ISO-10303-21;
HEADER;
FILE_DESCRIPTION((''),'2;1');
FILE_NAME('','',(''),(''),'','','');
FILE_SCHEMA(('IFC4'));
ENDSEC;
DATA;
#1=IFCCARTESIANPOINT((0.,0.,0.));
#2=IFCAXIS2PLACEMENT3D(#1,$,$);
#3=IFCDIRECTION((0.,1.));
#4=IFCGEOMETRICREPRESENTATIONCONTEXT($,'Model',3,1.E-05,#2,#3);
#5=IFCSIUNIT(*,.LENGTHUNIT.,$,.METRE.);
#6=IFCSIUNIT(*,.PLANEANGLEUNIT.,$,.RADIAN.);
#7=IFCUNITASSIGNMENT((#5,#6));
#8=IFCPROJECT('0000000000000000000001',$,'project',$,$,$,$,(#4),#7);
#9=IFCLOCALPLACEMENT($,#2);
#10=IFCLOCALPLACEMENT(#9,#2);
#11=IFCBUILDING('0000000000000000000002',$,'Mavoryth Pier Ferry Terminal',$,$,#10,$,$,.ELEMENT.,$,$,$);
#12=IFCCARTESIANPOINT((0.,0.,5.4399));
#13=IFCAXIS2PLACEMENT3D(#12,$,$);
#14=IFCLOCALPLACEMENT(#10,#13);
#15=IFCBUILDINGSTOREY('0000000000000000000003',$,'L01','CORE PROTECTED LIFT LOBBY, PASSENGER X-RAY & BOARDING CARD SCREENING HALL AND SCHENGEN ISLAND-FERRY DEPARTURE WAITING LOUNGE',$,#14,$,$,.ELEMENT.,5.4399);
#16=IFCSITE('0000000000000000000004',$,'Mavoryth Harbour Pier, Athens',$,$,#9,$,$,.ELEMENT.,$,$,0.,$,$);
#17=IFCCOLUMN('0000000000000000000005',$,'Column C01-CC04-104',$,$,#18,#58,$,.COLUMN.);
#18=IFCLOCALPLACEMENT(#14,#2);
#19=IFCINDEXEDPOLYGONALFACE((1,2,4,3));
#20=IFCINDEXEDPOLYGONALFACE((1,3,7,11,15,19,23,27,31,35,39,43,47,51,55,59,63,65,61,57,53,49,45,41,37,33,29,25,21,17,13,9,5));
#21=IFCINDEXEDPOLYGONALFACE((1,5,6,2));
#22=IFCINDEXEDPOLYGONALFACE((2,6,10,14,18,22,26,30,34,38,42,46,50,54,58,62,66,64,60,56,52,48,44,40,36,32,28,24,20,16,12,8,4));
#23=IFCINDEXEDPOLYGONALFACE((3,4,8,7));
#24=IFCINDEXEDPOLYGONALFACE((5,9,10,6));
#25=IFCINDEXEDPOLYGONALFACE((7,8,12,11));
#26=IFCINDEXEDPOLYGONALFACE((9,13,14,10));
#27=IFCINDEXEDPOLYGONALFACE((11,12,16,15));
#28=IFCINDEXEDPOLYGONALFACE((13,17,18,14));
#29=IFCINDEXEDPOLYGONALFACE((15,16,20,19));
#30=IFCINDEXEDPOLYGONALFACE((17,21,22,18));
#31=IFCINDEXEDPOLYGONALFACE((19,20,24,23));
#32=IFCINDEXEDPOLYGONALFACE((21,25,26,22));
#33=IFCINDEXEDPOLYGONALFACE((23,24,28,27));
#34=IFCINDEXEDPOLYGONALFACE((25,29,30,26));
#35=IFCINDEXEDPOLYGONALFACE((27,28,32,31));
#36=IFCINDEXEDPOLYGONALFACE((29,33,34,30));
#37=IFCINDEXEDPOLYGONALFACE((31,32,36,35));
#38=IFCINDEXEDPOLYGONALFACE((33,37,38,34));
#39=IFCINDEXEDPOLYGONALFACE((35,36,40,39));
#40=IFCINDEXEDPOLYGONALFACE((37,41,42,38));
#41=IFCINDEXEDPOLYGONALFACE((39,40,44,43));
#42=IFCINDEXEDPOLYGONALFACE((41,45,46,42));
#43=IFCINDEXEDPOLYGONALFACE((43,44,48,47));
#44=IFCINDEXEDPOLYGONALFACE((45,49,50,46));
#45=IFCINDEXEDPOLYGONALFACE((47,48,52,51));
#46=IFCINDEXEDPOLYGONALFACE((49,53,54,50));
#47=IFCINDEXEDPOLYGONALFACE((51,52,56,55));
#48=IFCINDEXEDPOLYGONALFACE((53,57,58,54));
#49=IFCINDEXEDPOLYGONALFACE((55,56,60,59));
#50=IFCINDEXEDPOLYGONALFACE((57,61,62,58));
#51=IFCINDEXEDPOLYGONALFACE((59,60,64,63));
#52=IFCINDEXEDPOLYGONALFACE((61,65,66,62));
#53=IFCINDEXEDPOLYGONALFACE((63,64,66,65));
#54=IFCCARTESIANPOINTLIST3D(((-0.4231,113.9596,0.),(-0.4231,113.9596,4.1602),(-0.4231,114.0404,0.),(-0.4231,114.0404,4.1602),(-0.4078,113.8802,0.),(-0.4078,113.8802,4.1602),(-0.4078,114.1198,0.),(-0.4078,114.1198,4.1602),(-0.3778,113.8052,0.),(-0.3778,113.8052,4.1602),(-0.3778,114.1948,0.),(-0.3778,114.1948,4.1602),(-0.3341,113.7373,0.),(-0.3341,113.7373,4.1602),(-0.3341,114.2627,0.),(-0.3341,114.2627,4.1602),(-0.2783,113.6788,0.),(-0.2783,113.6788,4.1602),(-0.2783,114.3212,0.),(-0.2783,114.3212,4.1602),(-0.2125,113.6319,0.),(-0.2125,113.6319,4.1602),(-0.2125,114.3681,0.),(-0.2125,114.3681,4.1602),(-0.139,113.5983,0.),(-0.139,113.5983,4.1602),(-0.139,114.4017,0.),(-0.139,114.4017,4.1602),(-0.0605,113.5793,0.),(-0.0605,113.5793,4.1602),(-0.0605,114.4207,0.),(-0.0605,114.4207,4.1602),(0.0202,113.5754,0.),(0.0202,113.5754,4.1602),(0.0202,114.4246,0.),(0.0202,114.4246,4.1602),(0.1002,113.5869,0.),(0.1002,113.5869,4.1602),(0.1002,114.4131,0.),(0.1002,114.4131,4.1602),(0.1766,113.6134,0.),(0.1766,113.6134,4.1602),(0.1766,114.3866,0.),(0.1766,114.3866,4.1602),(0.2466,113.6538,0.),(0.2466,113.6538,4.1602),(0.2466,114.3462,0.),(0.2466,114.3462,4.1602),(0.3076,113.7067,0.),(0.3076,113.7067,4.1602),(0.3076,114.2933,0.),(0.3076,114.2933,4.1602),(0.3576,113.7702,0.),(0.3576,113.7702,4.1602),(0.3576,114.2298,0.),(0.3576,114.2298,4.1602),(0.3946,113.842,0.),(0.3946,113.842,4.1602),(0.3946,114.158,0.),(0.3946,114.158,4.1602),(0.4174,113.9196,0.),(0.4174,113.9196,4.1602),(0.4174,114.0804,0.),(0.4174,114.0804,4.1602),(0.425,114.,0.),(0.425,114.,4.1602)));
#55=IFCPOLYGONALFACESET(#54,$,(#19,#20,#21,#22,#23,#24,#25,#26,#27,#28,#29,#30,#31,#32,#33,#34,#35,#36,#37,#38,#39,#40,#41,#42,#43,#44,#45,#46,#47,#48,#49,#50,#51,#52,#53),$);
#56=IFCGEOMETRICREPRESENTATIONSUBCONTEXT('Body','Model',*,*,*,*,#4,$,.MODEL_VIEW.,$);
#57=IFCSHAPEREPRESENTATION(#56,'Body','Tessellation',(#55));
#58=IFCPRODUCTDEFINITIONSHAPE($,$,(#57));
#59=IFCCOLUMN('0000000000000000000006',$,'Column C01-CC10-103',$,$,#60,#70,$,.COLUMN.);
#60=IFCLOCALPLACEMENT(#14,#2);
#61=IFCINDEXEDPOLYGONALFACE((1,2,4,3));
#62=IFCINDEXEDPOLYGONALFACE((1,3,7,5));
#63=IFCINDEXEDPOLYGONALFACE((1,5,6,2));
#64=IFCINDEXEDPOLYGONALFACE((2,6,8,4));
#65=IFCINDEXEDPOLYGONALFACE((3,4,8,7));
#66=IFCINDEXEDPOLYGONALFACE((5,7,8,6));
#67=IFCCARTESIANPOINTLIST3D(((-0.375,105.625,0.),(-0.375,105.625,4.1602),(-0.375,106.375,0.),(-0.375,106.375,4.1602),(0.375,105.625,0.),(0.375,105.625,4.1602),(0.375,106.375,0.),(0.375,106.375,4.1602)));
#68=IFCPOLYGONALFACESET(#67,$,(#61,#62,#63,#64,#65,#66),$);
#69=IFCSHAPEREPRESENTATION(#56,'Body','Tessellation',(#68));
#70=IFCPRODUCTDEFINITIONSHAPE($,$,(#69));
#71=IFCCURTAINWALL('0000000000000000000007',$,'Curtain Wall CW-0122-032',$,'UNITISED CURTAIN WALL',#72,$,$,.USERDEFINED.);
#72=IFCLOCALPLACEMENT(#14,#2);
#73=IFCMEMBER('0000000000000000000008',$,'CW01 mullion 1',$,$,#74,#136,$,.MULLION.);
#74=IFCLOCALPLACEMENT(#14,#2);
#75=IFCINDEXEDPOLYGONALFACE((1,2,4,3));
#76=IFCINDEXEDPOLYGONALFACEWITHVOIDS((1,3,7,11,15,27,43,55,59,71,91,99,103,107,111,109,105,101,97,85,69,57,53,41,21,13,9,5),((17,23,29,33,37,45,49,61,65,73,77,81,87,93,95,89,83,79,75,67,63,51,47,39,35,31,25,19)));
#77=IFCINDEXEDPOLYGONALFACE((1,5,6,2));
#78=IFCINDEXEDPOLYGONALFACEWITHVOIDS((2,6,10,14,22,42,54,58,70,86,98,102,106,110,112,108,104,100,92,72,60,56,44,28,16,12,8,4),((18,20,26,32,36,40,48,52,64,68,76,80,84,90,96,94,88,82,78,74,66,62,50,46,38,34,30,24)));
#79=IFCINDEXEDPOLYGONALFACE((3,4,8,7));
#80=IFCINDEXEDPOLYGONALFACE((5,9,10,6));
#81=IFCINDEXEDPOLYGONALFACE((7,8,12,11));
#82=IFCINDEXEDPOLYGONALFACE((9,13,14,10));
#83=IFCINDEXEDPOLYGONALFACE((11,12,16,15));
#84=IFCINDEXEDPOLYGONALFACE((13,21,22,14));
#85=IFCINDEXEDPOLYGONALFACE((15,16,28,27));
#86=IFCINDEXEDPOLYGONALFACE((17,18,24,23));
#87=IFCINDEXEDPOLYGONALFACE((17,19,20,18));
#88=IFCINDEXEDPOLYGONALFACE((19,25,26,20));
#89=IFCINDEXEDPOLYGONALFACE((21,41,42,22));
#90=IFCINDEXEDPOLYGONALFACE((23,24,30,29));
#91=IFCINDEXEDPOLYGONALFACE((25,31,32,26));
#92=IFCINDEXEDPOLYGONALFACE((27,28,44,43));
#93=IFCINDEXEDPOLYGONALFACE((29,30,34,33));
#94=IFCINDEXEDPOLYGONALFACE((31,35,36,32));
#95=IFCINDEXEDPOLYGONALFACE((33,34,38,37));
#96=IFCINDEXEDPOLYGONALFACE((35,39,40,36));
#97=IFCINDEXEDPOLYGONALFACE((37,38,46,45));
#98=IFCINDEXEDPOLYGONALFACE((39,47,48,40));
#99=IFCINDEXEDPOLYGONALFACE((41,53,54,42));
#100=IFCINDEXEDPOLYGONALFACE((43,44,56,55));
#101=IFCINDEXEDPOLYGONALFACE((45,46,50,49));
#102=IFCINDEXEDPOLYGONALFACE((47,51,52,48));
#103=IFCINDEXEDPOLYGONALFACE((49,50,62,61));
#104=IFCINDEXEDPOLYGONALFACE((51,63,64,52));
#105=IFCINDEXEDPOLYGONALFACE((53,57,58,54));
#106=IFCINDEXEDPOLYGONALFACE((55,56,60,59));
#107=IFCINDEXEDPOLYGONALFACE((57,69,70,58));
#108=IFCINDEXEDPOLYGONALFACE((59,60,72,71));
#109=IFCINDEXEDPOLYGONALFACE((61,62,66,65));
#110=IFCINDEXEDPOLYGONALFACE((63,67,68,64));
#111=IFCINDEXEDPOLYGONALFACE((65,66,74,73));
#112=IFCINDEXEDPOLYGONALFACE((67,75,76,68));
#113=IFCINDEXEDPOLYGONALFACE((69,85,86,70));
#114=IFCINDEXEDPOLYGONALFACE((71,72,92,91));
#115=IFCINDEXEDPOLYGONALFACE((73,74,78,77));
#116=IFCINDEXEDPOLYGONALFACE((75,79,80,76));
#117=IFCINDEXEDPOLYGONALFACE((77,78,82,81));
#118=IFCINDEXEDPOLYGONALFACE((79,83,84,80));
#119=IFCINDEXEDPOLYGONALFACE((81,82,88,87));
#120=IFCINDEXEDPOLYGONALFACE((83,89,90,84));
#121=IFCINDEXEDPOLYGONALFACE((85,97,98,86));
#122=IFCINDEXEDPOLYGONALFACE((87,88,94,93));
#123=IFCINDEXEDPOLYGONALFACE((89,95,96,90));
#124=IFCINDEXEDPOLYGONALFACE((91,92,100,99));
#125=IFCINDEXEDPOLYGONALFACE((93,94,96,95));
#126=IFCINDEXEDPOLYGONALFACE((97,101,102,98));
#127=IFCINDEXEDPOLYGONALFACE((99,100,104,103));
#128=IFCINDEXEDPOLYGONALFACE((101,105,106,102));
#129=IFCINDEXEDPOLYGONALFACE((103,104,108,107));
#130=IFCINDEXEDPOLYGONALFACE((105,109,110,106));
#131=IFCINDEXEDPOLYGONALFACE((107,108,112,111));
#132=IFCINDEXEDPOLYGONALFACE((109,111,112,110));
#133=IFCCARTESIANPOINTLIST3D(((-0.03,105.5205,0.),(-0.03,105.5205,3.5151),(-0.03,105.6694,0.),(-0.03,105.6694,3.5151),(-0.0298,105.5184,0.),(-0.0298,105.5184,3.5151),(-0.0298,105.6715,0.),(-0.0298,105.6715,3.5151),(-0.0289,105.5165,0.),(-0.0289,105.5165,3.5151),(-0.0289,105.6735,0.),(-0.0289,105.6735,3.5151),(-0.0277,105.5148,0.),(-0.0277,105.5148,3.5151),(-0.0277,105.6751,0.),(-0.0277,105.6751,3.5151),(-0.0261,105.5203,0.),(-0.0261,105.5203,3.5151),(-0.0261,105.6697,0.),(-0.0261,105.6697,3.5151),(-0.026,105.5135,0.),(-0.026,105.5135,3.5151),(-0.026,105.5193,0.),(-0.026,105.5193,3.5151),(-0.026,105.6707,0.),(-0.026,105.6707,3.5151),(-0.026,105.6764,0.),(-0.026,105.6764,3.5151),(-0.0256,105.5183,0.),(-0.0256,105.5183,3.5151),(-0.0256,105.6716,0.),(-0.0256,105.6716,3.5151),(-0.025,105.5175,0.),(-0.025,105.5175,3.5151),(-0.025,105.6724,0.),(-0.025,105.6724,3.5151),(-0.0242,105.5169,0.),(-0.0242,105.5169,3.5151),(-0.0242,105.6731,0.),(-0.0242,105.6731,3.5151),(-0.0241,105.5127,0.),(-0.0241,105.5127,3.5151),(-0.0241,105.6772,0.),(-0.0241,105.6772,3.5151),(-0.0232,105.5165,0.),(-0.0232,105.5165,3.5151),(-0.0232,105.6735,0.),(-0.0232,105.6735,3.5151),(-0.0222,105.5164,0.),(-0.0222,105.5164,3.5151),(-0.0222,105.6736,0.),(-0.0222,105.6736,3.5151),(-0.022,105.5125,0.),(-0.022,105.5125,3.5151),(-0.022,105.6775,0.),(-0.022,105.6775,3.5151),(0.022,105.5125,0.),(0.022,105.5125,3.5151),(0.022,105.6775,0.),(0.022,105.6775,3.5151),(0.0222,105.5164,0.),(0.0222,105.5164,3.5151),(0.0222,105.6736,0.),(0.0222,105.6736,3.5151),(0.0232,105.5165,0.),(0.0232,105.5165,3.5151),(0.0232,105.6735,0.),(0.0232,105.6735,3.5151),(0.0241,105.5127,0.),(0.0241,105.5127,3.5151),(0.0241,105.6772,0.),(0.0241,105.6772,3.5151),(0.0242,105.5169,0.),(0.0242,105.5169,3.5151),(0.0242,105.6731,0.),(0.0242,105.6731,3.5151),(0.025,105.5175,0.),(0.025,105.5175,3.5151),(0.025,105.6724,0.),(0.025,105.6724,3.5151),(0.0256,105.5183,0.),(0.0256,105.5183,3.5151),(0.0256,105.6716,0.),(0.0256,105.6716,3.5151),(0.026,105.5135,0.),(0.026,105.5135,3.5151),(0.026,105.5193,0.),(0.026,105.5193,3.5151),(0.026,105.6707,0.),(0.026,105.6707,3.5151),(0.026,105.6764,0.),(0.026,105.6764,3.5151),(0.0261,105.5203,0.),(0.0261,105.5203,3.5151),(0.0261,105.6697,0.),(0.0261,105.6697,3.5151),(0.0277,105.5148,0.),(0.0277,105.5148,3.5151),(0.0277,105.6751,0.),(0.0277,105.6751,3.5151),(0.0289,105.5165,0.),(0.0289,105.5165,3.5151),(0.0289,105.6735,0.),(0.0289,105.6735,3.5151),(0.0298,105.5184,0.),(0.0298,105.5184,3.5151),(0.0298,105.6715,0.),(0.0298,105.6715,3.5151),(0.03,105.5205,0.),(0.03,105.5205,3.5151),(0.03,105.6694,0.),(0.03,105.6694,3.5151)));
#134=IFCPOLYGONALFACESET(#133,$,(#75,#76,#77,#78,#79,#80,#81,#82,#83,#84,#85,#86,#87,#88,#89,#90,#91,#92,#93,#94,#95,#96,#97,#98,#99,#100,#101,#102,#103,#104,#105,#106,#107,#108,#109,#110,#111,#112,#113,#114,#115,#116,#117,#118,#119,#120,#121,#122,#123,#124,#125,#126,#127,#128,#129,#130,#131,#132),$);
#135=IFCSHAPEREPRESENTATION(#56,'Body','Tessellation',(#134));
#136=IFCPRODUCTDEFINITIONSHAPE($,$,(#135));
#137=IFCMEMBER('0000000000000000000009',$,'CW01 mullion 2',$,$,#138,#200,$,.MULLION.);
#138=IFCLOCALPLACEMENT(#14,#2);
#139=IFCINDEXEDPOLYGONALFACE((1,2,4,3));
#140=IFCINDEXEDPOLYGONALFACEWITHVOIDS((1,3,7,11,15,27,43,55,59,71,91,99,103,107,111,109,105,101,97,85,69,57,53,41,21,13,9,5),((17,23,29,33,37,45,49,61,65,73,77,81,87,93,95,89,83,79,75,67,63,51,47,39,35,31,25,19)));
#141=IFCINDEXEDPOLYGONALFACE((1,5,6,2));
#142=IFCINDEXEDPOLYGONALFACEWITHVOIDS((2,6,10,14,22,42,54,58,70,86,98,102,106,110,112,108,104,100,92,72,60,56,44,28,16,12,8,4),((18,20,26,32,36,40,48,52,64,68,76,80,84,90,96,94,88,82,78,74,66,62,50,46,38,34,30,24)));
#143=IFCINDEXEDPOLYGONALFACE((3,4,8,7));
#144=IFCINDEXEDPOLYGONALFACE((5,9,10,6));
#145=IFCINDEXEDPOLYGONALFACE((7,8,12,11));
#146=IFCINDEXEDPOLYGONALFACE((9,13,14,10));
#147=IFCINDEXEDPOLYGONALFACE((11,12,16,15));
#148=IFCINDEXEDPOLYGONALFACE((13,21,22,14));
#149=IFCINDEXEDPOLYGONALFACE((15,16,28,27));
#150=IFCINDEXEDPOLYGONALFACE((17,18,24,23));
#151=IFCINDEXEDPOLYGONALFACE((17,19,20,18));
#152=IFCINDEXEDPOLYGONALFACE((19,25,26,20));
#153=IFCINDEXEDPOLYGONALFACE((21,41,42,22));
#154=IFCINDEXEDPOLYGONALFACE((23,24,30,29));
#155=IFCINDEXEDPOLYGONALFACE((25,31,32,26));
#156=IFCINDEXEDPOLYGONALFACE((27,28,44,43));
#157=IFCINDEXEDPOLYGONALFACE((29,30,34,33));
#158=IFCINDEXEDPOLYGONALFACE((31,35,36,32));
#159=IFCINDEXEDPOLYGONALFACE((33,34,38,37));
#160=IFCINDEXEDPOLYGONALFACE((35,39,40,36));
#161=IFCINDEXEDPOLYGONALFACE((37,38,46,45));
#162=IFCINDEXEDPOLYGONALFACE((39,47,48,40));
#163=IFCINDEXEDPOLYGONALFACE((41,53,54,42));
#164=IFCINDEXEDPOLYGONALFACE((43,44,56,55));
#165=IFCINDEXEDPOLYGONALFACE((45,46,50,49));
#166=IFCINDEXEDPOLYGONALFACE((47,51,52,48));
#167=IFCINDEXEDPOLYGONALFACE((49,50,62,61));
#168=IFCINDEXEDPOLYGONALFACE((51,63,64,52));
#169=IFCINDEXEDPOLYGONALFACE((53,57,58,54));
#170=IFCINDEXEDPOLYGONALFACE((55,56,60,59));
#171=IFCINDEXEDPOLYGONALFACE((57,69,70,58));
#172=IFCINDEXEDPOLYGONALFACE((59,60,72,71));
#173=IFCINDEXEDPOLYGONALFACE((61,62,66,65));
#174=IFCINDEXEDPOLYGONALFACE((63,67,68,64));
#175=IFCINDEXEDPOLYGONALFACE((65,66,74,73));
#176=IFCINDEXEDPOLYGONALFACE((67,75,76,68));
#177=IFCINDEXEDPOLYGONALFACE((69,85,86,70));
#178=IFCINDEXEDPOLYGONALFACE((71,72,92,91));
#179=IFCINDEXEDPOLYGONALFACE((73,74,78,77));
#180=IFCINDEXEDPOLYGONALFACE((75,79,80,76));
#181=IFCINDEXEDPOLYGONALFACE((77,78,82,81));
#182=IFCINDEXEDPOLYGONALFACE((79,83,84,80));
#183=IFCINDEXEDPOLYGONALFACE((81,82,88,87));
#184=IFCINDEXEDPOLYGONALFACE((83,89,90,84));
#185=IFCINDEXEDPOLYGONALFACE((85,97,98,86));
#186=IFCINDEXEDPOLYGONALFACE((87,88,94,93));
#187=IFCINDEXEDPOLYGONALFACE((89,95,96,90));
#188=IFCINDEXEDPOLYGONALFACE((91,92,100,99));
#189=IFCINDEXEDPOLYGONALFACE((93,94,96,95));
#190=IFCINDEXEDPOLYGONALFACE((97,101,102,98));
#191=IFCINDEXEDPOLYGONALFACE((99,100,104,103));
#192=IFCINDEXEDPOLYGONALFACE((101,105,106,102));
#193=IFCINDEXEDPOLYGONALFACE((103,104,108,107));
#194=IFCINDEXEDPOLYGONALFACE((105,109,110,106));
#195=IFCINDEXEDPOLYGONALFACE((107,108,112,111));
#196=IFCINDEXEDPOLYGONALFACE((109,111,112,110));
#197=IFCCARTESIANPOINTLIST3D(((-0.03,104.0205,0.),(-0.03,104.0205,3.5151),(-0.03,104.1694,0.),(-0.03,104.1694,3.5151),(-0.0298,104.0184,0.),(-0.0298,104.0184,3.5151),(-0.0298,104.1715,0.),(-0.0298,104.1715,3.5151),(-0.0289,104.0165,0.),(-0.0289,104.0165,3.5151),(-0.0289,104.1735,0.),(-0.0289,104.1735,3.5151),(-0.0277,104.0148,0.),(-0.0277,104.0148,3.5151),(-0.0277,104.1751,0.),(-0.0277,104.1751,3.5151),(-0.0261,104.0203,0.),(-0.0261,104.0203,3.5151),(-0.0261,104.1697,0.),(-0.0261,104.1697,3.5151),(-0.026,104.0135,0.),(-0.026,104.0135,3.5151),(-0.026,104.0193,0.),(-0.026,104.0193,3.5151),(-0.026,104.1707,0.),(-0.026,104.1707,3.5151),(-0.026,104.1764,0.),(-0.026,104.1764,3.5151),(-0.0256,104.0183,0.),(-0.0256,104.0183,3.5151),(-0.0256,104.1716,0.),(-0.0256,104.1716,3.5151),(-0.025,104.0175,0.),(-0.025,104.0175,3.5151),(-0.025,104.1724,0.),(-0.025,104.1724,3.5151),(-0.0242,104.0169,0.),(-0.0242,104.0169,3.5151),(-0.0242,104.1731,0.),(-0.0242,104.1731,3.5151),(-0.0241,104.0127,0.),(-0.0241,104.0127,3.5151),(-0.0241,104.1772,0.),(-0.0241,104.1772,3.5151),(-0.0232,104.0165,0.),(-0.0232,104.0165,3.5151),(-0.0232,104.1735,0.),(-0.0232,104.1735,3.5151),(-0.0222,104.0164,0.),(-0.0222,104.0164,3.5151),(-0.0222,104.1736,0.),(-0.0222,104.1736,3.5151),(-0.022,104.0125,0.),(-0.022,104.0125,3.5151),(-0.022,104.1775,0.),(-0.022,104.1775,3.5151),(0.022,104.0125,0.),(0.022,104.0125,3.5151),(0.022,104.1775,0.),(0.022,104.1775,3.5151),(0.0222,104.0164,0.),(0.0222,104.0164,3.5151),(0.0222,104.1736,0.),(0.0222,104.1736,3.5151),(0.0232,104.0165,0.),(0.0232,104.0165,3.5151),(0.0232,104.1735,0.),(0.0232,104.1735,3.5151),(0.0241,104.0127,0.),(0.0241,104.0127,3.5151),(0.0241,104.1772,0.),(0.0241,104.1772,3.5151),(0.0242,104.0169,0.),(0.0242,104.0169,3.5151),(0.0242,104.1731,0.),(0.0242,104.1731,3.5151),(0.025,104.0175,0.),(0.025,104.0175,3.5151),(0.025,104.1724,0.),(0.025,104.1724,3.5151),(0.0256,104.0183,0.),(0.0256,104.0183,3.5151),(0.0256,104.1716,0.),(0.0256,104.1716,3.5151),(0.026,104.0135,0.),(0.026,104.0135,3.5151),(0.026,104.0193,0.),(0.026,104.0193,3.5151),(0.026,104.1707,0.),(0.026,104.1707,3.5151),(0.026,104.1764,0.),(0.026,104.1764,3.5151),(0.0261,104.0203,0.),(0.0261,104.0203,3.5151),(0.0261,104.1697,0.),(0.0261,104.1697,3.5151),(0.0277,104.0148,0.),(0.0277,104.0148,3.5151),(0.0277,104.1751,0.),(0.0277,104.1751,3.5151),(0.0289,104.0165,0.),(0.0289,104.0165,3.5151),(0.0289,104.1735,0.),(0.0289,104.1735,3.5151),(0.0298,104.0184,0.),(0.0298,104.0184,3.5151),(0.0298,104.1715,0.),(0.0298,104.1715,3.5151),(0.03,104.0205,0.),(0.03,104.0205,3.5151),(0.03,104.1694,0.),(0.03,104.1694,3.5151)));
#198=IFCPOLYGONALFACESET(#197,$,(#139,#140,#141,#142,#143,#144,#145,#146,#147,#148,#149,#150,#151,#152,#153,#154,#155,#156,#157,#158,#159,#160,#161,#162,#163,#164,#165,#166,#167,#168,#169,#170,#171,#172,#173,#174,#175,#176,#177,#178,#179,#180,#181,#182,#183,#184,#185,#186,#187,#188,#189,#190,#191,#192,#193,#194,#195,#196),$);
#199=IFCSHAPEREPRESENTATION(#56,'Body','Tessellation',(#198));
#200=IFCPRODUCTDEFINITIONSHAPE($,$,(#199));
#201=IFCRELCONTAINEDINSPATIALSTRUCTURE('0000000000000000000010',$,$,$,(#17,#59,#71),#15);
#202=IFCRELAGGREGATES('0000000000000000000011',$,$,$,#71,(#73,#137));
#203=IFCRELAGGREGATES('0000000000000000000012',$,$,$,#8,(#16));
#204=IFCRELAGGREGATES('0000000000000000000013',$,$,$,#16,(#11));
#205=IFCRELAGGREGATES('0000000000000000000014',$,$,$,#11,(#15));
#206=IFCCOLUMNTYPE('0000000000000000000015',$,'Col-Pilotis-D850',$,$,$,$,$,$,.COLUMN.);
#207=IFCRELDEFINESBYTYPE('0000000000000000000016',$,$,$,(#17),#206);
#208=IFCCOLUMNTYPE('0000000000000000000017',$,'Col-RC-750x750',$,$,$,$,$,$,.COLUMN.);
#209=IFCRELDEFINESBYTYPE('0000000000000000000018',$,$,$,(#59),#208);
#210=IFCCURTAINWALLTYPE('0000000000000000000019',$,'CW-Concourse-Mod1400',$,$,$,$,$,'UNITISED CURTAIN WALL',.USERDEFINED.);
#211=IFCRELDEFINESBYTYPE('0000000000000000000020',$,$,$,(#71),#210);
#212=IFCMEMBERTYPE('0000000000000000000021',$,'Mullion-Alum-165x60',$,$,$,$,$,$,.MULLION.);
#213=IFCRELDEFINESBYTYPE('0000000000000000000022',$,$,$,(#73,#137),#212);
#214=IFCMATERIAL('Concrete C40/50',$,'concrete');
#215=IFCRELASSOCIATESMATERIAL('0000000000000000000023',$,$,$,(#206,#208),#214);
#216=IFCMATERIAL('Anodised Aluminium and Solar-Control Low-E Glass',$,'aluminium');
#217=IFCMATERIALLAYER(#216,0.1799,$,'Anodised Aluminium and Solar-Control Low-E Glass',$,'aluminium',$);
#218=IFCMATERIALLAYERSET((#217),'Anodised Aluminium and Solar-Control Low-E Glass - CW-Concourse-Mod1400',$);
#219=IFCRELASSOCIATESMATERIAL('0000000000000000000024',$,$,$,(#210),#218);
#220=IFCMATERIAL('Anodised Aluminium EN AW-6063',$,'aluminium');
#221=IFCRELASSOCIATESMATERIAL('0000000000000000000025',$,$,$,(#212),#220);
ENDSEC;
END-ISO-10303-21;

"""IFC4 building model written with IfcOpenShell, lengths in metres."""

from ifc_helpers import new_model, si_unit, direction, frame, origin, origin_2d, place, context, subcontext, project, spatial, rectangle, hollow_rectangle, circle, extrude, material, layer, layer_set, material_profile, profile_set, type_object, element, aggregate, save


model = new_model("IFC4")

# Units and contexts
model_context = context("Model", 3, precision=1e-05, world=origin(), true_north=direction((0.0, 1.0)))
body_context = subcontext(model_context, "Body", "Model", "MODEL_VIEW")
ifc_project = project(units=[si_unit("LENGTHUNIT", "METRE"), si_unit("PLANEANGLEUNIT", "RADIAN")], contexts=[model_context])

# Site, building, storey
site_placement = place(None, origin())
site = spatial("IfcSite", under=ifc_project, at=site_placement, Name="Mavoryth Harbour Pier, Athens", CompositionType="ELEMENT", RefElevation=0.0)
building_placement = place(site_placement, origin())
building = spatial("IfcBuilding", under=site, at=building_placement, Name="Mavoryth Pier Ferry Terminal", CompositionType="ELEMENT")
storey_placement = place(building_placement, frame((0.0, 0.0, 5.4399)))
storey = spatial("IfcBuildingStorey", under=building, at=storey_placement, Name="L01", Description="CORE PROTECTED LIFT LOBBY, PASSENGER X-RAY & BOARDING CARD SCREENING HALL AND SCHENGEN ISLAND-FERRY DEPARTURE WAITING LOUNGE", CompositionType="ELEMENT", Elevation=5.4399)

# Columns
ifc_material_1 = material(Name="Concrete C40/50", Category="concrete")
ifc_material_profile_1 = material_profile(ifc_material_1, circle(Radius=0.425, at=origin_2d()), Name="RC D850", Category="concrete")
ifc_profile_set_1 = profile_set([ifc_material_profile_1], Name="Concrete C40/50 - RC D850")
column_type_1 = type_object("IfcColumnType", Name="Col-Pilotis-D850", PredefinedType="COLUMN", material=ifc_profile_set_1)
column_1_placement = place(storey_placement, frame((0.0, 114.0, 0.0), z_axis=(0.0, 0.0, 1.0), x_axis=(1.0, 0.0, 0.0)))
element("IfcColumn", 1, at=column_1_placement, inside=storey, type_object=column_type_1, Name="Column C01-CC04-104", PredefinedType="COLUMN", context=body_context, shape_type="SweptSolid", body=[
    extrude(circle(Radius=0.425, at=origin_2d()), origin(), (0.0, 0.0, 1.0), 4.1602),
])
ifc_material_profile_2 = material_profile(ifc_material_1, rectangle(XDim=0.75, YDim=0.75, at=origin_2d()), Name="RC 750x750", Category="concrete")
ifc_profile_set_2 = profile_set([ifc_material_profile_2], Name="Concrete C40/50 - RC 750x750")
column_type_2 = type_object("IfcColumnType", Name="Col-RC-750x750", PredefinedType="COLUMN", material=ifc_profile_set_2)
column_2_placement = place(storey_placement, frame((0.0, 106.0, 0.0), z_axis=(0.0, 0.0, 1.0), x_axis=(1.0, 0.0, 0.0)))
element("IfcColumn", 2, at=column_2_placement, inside=storey, type_object=column_type_2, Name="Column C01-CC10-103", PredefinedType="COLUMN", context=body_context, shape_type="SweptSolid", body=[
    extrude(rectangle(XDim=0.75, YDim=0.75, at=origin_2d()), origin(), (0.0, 0.0, 1.0), 4.1602),
])

# Curtain wall, members
ifc_material_2 = material(Name="Anodised Aluminium and Solar-Control Low-E Glass", Category="aluminium")
ifc_layer_1 = layer(ifc_material_2, 0.1799, Name="Anodised Aluminium and Solar-Control Low-E Glass", Category="aluminium")
ifc_layer_set_1 = layer_set([ifc_layer_1], Name="Anodised Aluminium and Solar-Control Low-E Glass - CW-Concourse-Mod1400")
curtain_wall_type_1 = type_object("IfcCurtainWallType", Name="CW-Concourse-Mod1400", ElementType="UNITISED CURTAIN WALL", PredefinedType="USERDEFINED", material=ifc_layer_set_1)
curtain_wall_1_placement = place(storey_placement, origin())
curtain_wall_1 = element("IfcCurtainWall", 3, at=curtain_wall_1_placement, inside=storey, type_object=curtain_wall_type_1, Name="Curtain Wall CW-0122-032", ObjectType="UNITISED CURTAIN WALL", PredefinedType="USERDEFINED")
ifc_material_3 = material(Name="Anodised Aluminium EN AW-6063", Category="aluminium")
ifc_material_profile_3 = material_profile(ifc_material_3, hollow_rectangle(XDim=0.0601, YDim=0.165, WallThickness=0.0039, InnerFilletRadius=0.0039, OuterFilletRadius=0.0081, at=origin_2d()), Name="AL-MULL 165x60x4", Category="aluminium")
ifc_profile_set_3 = profile_set([ifc_material_profile_3], Name="Anodised Aluminium EN AW-6063 - AL-MULL 165x60x4")
member_type_1 = type_object("IfcMemberType", Name="Mullion-Alum-165x60", PredefinedType="MULLION", material=ifc_profile_set_3)
member_1_placement = place(storey_placement, frame((0.0, 105.595, 0.0), z_axis=(0.0, 0.0, 1.0), x_axis=(1.0, 0.0, 0.0)))
member_1 = element("IfcMember", 4, at=member_1_placement, type_object=member_type_1, Name="CW01 mullion 1", PredefinedType="MULLION", context=body_context, shape_type="SweptSolid", body=[
    extrude(hollow_rectangle(XDim=0.0601, YDim=0.165, WallThickness=0.0039, InnerFilletRadius=0.0039, OuterFilletRadius=0.0081, at=origin_2d()), origin(), (0.0, 0.0, 1.0), 3.5151),
])
member_2_placement = place(storey_placement, frame((0.0, 104.095, 0.0), z_axis=(0.0, 0.0, 1.0), x_axis=(1.0, 0.0, 0.0)))
member_2 = element("IfcMember", 5, at=member_2_placement, type_object=member_type_1, Name="CW01 mullion 2", PredefinedType="MULLION", context=body_context, shape_type="SweptSolid", body=[
    extrude(hollow_rectangle(XDim=0.0601, YDim=0.165, WallThickness=0.0039, InnerFilletRadius=0.0039, OuterFilletRadius=0.0081, at=origin_2d()), origin(), (0.0, 0.0, 1.0), 3.5151),
])

aggregate(curtain_wall_1, [member_1, member_2])

save(model, "model.ifc")
